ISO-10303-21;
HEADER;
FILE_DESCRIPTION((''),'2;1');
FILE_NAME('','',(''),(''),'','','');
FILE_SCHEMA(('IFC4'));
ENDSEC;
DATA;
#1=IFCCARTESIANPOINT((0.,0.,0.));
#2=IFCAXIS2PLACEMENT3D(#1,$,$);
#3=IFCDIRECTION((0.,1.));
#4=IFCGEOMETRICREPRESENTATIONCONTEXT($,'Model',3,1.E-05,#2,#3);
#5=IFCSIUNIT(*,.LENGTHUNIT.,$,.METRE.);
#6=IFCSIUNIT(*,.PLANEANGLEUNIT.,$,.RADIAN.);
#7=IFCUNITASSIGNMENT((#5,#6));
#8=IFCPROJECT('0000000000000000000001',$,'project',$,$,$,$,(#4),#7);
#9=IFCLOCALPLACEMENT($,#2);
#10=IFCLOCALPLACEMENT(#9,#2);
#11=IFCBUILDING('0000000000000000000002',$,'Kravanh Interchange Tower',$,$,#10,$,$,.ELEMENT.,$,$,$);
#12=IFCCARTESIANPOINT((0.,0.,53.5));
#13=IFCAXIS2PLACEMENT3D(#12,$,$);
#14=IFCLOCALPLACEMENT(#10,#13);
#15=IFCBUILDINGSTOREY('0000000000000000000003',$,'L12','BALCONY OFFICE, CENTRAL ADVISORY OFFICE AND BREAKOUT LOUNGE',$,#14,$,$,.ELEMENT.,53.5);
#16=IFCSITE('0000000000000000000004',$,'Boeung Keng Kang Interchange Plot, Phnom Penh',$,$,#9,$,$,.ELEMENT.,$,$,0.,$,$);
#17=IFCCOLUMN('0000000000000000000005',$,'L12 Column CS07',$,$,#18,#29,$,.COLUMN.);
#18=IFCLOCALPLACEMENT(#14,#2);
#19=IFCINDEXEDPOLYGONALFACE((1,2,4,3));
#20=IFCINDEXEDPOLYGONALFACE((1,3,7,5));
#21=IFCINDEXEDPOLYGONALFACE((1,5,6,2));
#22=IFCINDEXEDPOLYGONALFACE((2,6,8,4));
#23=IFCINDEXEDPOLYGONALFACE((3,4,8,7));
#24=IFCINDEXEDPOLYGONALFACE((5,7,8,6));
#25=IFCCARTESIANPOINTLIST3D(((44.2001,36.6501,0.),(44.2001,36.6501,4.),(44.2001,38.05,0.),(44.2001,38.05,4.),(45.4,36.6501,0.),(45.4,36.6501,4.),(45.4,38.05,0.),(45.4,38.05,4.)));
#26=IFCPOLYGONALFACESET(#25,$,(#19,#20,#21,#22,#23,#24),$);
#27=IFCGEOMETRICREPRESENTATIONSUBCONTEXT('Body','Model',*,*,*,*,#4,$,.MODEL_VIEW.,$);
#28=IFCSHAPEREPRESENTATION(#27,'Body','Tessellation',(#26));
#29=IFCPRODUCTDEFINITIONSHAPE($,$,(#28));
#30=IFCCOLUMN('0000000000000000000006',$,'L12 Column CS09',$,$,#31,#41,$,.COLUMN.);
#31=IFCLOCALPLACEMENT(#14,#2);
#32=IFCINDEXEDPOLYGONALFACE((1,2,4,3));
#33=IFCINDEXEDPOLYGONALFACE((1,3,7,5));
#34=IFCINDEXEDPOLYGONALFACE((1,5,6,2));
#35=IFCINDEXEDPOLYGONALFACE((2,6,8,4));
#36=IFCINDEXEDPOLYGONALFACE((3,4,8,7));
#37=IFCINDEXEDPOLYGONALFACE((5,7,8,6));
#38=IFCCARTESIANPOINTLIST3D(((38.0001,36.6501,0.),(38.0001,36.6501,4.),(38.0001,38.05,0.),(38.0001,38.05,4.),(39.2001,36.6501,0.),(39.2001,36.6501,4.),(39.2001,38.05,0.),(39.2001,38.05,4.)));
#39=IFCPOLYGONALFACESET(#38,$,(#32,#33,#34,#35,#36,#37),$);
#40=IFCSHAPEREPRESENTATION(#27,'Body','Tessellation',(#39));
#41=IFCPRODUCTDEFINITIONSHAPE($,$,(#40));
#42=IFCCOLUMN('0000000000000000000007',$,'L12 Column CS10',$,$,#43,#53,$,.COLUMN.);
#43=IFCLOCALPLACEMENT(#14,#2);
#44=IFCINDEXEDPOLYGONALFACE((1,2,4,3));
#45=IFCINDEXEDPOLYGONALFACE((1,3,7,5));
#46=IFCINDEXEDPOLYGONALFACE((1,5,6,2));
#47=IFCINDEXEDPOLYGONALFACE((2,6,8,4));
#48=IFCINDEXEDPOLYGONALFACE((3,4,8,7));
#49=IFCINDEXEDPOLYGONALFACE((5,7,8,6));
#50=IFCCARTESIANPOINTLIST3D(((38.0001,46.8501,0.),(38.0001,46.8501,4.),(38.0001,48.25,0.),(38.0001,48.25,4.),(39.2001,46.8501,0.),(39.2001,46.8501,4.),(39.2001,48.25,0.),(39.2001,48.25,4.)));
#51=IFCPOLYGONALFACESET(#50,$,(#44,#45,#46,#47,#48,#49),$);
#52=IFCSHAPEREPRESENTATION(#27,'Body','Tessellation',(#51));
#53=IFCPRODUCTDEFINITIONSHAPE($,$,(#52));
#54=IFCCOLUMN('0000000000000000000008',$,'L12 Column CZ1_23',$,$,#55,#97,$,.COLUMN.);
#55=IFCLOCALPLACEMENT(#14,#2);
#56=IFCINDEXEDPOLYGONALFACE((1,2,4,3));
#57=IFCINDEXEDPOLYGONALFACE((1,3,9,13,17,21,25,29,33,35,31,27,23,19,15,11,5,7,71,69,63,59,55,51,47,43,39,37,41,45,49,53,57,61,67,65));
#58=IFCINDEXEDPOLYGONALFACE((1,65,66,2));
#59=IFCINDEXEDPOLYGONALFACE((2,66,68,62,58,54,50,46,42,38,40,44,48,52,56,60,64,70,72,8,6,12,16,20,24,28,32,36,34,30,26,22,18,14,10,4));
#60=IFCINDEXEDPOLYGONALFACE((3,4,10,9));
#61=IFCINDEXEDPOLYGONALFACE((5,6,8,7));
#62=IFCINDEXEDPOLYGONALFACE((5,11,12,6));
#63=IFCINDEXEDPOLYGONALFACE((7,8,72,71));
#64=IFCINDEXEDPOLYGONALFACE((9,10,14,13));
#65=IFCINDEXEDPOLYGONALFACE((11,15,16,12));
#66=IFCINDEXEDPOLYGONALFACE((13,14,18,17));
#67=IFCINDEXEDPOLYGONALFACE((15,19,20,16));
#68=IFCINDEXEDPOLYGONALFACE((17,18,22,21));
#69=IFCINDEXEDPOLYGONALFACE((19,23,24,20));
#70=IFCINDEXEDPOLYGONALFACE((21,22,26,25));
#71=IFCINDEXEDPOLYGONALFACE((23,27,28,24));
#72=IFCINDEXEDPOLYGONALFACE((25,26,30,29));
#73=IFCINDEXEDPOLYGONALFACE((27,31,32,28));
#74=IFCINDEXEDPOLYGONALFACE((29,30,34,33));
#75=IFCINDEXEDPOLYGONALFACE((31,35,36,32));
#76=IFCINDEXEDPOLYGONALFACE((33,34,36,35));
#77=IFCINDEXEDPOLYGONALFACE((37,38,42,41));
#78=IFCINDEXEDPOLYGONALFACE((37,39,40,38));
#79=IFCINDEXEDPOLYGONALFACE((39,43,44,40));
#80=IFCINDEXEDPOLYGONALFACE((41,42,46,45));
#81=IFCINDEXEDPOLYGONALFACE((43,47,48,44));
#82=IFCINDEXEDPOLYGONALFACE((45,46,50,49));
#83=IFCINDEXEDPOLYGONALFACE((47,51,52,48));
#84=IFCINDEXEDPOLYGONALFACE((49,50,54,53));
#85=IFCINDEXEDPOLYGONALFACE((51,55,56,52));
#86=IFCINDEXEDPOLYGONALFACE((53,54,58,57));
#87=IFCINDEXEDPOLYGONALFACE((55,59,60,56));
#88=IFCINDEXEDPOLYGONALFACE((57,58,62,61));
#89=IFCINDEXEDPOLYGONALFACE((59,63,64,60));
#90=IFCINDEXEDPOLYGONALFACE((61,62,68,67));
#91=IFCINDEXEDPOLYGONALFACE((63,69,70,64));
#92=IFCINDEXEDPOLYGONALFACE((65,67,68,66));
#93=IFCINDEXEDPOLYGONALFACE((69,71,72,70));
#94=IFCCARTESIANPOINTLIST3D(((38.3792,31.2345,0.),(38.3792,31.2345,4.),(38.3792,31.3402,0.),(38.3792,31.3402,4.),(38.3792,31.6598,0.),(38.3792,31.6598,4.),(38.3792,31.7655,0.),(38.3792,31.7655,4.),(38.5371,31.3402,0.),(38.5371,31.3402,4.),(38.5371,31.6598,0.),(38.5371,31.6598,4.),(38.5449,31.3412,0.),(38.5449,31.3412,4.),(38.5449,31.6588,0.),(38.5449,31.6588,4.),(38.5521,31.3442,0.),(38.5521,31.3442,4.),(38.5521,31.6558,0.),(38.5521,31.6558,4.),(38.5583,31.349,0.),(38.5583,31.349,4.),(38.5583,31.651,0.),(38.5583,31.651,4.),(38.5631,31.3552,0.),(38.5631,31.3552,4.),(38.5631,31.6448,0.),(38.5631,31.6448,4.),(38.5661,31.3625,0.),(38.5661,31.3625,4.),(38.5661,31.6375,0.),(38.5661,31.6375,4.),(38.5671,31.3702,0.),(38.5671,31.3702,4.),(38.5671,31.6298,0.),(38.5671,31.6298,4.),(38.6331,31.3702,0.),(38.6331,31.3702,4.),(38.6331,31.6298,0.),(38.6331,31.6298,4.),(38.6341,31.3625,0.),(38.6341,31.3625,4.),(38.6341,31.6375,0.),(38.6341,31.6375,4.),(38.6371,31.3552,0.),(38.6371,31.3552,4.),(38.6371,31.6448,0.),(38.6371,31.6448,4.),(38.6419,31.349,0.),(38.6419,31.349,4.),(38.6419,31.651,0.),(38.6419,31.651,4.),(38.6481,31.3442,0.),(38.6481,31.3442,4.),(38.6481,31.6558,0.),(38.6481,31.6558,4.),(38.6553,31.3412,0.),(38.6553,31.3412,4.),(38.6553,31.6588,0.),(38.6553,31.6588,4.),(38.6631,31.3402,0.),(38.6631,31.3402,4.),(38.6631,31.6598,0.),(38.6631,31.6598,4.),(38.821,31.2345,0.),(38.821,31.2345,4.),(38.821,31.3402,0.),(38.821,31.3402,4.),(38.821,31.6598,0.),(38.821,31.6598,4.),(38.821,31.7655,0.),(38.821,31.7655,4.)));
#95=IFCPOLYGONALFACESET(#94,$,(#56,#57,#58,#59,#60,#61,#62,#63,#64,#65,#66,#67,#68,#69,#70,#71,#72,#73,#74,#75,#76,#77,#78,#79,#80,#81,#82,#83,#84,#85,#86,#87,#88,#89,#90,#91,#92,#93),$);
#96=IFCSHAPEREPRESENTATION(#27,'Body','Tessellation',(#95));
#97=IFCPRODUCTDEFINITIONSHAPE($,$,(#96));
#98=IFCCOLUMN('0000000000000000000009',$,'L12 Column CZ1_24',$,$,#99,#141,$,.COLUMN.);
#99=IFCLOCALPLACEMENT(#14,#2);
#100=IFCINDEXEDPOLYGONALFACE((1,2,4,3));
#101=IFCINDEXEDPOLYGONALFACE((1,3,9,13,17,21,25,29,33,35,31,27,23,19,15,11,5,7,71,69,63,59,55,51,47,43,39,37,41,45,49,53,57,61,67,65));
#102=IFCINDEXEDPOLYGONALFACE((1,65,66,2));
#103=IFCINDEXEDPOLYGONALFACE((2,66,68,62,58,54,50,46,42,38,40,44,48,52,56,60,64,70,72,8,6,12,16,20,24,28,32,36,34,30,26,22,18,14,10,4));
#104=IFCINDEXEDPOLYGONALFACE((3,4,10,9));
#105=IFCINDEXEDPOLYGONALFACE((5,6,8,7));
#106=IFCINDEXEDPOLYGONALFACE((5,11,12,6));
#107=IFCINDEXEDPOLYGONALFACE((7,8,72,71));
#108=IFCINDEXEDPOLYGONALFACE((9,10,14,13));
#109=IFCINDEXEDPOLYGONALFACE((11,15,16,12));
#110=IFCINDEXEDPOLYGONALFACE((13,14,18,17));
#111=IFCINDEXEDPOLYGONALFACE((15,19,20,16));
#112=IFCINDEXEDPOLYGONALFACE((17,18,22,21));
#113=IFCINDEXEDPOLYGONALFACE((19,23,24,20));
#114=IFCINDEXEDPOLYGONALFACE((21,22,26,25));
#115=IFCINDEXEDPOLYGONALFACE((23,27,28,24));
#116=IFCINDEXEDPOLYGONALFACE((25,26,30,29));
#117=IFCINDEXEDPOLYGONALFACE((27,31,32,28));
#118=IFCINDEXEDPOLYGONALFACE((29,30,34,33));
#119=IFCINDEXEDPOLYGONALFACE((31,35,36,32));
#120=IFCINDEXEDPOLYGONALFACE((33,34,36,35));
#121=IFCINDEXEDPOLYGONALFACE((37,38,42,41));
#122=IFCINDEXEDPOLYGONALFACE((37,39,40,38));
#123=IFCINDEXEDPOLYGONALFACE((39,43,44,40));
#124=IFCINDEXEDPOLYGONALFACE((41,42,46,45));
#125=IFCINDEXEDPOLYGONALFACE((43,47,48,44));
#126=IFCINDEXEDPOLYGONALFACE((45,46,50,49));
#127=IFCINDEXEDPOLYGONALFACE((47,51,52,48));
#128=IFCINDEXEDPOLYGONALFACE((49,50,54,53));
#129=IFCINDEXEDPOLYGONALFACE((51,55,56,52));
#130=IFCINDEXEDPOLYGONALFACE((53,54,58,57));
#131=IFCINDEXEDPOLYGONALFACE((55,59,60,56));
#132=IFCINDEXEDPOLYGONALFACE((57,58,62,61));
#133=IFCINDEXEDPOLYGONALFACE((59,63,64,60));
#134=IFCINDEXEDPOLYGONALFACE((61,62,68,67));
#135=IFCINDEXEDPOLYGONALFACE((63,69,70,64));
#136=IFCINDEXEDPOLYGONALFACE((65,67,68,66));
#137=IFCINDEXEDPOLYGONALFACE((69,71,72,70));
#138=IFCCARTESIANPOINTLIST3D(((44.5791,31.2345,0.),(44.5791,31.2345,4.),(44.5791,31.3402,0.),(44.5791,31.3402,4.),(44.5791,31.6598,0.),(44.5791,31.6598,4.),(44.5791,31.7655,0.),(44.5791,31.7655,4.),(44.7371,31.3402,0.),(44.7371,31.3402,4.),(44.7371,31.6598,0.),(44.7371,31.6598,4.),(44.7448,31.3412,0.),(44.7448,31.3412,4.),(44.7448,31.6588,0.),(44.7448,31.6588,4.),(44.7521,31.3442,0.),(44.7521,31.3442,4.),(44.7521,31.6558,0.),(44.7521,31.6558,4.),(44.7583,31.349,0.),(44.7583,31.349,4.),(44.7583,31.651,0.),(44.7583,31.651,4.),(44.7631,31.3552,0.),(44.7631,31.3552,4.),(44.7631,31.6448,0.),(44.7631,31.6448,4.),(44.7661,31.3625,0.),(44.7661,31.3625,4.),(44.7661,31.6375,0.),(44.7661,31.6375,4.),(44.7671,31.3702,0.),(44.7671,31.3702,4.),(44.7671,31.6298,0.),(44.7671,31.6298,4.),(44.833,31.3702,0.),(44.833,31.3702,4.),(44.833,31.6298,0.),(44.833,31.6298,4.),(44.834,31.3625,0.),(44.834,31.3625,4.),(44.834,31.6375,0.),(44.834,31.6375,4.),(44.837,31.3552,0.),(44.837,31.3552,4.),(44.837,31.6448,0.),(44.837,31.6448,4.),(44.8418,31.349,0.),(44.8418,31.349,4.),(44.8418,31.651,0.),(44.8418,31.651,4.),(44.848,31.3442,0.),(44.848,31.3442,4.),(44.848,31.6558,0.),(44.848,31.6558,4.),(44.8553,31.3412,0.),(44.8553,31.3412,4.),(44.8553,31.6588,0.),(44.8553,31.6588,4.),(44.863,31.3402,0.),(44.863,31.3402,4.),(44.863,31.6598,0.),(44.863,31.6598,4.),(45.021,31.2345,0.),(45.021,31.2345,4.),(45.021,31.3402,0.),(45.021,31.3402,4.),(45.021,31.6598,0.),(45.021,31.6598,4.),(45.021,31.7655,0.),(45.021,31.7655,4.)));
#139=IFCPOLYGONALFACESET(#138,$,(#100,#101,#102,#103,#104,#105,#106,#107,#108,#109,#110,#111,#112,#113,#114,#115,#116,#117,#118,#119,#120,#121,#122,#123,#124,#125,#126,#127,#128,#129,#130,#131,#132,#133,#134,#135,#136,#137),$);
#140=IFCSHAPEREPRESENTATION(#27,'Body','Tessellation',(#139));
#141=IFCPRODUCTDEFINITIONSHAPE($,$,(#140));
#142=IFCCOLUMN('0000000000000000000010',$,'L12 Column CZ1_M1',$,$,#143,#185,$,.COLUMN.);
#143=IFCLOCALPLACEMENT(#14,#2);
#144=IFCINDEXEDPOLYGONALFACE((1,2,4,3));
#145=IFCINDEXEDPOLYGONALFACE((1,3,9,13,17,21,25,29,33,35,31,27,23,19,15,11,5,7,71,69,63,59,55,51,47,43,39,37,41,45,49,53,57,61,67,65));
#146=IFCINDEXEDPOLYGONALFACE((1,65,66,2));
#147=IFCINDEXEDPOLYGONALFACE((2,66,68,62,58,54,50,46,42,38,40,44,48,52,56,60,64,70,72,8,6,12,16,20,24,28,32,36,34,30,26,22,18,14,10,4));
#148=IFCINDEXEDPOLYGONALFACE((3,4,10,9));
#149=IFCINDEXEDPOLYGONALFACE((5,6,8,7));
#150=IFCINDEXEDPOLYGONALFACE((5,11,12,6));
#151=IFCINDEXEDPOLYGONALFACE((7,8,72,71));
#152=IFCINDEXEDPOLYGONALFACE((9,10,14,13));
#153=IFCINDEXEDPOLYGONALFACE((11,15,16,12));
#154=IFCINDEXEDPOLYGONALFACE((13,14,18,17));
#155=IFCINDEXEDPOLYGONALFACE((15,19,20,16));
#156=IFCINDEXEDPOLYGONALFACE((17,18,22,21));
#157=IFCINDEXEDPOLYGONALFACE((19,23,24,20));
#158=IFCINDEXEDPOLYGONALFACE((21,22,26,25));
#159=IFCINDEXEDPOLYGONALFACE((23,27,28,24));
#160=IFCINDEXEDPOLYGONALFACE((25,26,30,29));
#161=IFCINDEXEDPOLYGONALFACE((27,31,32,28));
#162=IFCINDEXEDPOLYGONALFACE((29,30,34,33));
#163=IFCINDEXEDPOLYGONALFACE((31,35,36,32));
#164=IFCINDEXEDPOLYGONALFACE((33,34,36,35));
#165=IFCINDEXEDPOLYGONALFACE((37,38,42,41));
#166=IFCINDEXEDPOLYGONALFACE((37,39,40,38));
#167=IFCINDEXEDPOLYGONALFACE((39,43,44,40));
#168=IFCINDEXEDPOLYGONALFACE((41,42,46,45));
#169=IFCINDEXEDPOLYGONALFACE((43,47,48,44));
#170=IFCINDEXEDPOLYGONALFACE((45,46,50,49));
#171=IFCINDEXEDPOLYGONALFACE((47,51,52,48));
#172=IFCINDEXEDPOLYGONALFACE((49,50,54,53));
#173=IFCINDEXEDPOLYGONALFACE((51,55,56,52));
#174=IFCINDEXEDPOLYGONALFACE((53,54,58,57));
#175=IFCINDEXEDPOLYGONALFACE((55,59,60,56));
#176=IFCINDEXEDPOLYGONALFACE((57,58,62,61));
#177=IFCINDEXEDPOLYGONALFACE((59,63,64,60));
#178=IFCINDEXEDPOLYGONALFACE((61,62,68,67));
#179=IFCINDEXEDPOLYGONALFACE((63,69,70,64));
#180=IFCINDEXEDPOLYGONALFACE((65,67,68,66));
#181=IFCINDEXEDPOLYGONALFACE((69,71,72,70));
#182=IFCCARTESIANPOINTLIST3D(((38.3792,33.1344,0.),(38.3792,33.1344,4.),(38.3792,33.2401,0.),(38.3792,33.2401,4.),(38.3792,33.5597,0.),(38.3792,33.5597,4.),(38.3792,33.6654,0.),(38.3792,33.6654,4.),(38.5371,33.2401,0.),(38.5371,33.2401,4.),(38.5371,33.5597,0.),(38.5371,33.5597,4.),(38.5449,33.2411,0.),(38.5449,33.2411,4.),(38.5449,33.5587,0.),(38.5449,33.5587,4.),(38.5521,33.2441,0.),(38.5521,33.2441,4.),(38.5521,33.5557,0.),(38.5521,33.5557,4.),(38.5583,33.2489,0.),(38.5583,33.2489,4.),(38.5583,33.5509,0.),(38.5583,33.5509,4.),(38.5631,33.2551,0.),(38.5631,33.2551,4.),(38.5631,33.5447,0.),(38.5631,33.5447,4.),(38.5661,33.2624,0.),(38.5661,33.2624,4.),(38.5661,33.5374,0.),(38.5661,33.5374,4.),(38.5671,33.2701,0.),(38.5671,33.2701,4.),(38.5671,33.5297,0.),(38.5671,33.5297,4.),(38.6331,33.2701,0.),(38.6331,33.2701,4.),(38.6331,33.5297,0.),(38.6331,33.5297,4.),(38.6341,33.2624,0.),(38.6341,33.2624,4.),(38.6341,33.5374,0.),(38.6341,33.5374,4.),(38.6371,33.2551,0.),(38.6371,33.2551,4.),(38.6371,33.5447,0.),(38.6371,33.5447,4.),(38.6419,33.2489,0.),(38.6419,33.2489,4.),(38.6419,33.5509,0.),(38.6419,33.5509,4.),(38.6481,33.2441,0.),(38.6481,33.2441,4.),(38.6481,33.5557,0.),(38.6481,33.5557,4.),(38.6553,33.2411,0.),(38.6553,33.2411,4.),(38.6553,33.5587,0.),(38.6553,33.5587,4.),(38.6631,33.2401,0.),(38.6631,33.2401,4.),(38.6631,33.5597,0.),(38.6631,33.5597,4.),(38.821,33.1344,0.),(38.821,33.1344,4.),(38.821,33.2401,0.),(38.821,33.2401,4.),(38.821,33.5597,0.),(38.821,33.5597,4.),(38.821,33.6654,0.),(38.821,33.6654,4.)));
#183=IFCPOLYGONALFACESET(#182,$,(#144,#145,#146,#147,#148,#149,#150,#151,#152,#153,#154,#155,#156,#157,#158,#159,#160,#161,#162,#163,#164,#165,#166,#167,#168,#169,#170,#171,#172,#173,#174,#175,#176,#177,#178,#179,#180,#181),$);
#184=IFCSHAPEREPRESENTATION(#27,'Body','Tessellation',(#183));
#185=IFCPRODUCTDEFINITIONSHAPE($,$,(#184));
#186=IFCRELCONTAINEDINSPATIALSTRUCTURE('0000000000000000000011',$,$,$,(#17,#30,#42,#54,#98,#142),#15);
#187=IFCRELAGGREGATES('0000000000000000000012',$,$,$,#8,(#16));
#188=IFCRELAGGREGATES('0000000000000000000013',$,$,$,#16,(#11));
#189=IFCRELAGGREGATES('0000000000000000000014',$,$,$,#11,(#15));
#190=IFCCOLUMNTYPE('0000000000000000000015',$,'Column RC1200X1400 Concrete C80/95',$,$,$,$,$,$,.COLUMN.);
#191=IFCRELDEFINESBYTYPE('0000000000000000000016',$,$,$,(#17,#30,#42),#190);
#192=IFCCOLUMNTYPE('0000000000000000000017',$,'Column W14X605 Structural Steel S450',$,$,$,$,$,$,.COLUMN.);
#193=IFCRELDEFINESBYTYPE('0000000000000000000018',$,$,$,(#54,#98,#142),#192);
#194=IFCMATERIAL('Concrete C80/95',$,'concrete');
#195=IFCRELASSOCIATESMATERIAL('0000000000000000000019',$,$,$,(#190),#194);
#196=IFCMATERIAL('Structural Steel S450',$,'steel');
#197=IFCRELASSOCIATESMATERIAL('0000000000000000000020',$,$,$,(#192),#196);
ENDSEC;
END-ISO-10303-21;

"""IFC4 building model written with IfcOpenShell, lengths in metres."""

from ifc_helpers import new_model, si_unit, direction, frame, origin, origin_2d, place, context, subcontext, project, spatial, rectangle, i_section, extrude, material, material_profile, profile_set, type_object, element, save


model = new_model("IFC4")

# Units and contexts
model_context = context("Model", 3, precision=1e-05, world=origin(), true_north=direction((0.0, 1.0)))
body_context = subcontext(model_context, "Body", "Model", "MODEL_VIEW")
ifc_project = project(units=[si_unit("LENGTHUNIT", "METRE"), si_unit("PLANEANGLEUNIT", "RADIAN")], contexts=[model_context])

# Site, building, storey
site_placement = place(None, origin())
site = spatial("IfcSite", under=ifc_project, at=site_placement, Name="Boeung Keng Kang Interchange Plot, Phnom Penh", CompositionType="ELEMENT", RefElevation=0.0)
building_placement = place(site_placement, origin())
building = spatial("IfcBuilding", under=site, at=building_placement, Name="Kravanh Interchange Tower", CompositionType="ELEMENT")
storey_placement = place(building_placement, frame((0.0, 0.0, 53.5)))
storey = spatial("IfcBuildingStorey", under=building, at=storey_placement, Name="L12", Description="BALCONY OFFICE, CENTRAL ADVISORY OFFICE AND BREAKOUT LOUNGE", CompositionType="ELEMENT", Elevation=53.5)

# Columns
ifc_material_1 = material(Name="Concrete C80/95", Category="concrete")
ifc_material_profile_1 = material_profile(ifc_material_1, rectangle(XDim=1.2, YDim=1.3999, at=origin_2d()), Name="RC1200X1400")
ifc_profile_set_1 = profile_set([ifc_material_profile_1], Name="Concrete C80/95")
column_type_1 = type_object("IfcColumnType", Name="Column RC1200X1400 Concrete C80/95", PredefinedType="COLUMN", material=ifc_profile_set_1)
for number, where, z_axis, x_axis, name in (
    (1, (44.8, 37.3501, 0.0), (0.0, 0.0, 1.0), (1.0, 0.0, 0.0), "L12 Column CS07"),
    (2, (38.6001, 37.3501, 0.0), (0.0, 0.0, 1.0), (1.0, 0.0, 0.0), "L12 Column CS09"),
    (3, (38.6001, 47.55, 0.0), (0.0, 0.0, 1.0), (1.0, 0.0, 0.0), "L12 Column CS10"),
):
    element("IfcColumn", number, at=place(storey_placement, frame(where, z_axis=z_axis, x_axis=x_axis)), inside=storey, type_object=column_type_1, Name=name, PredefinedType="COLUMN", context=body_context, shape_type="SweptSolid", body=[
        extrude(rectangle(XDim=1.2, YDim=1.3999, at=origin_2d()), origin(), (0.0, 0.0, 1.0), 4.0),
    ])
ifc_material_2 = material(Name="Structural Steel S450", Category="steel")
ifc_material_profile_2 = material_profile(ifc_material_2, i_section(OverallWidth=0.4419, OverallDepth=0.531, WebThickness=0.0659, FlangeThickness=0.1057, FilletRadius=0.03, at=origin_2d()), Name="W14X605")
ifc_profile_set_2 = profile_set([ifc_material_profile_2], Name="Structural Steel S450")
column_type_2 = type_object("IfcColumnType", Name="Column W14X605 Structural Steel S450", PredefinedType="COLUMN", material=ifc_profile_set_2)
for number, where, z_axis, x_axis, name in (
    (4, (38.6001, 31.5, 0.0), (0.0, 0.0, 1.0), (1.0, 0.0, 0.0), "L12 Column CZ1_23"),
    (5, (44.8, 31.5, 0.0), (0.0, 0.0, 1.0), (1.0, 0.0, 0.0), "L12 Column CZ1_24"),
    (6, (38.6001, 33.3999, 0.0), (0.0, 0.0, 1.0), (1.0, 0.0, 0.0), "L12 Column CZ1_M1"),
):
    element("IfcColumn", number, at=place(storey_placement, frame(where, z_axis=z_axis, x_axis=x_axis)), inside=storey, type_object=column_type_2, Name=name, PredefinedType="COLUMN", context=body_context, shape_type="SweptSolid", body=[
        extrude(i_section(OverallWidth=0.4419, OverallDepth=0.531, WebThickness=0.0659, FlangeThickness=0.1057, FilletRadius=0.03, at=origin_2d()), origin(), (0.0, 0.0, 1.0), 4.0),
    ])

save(model, "model.ifc")
